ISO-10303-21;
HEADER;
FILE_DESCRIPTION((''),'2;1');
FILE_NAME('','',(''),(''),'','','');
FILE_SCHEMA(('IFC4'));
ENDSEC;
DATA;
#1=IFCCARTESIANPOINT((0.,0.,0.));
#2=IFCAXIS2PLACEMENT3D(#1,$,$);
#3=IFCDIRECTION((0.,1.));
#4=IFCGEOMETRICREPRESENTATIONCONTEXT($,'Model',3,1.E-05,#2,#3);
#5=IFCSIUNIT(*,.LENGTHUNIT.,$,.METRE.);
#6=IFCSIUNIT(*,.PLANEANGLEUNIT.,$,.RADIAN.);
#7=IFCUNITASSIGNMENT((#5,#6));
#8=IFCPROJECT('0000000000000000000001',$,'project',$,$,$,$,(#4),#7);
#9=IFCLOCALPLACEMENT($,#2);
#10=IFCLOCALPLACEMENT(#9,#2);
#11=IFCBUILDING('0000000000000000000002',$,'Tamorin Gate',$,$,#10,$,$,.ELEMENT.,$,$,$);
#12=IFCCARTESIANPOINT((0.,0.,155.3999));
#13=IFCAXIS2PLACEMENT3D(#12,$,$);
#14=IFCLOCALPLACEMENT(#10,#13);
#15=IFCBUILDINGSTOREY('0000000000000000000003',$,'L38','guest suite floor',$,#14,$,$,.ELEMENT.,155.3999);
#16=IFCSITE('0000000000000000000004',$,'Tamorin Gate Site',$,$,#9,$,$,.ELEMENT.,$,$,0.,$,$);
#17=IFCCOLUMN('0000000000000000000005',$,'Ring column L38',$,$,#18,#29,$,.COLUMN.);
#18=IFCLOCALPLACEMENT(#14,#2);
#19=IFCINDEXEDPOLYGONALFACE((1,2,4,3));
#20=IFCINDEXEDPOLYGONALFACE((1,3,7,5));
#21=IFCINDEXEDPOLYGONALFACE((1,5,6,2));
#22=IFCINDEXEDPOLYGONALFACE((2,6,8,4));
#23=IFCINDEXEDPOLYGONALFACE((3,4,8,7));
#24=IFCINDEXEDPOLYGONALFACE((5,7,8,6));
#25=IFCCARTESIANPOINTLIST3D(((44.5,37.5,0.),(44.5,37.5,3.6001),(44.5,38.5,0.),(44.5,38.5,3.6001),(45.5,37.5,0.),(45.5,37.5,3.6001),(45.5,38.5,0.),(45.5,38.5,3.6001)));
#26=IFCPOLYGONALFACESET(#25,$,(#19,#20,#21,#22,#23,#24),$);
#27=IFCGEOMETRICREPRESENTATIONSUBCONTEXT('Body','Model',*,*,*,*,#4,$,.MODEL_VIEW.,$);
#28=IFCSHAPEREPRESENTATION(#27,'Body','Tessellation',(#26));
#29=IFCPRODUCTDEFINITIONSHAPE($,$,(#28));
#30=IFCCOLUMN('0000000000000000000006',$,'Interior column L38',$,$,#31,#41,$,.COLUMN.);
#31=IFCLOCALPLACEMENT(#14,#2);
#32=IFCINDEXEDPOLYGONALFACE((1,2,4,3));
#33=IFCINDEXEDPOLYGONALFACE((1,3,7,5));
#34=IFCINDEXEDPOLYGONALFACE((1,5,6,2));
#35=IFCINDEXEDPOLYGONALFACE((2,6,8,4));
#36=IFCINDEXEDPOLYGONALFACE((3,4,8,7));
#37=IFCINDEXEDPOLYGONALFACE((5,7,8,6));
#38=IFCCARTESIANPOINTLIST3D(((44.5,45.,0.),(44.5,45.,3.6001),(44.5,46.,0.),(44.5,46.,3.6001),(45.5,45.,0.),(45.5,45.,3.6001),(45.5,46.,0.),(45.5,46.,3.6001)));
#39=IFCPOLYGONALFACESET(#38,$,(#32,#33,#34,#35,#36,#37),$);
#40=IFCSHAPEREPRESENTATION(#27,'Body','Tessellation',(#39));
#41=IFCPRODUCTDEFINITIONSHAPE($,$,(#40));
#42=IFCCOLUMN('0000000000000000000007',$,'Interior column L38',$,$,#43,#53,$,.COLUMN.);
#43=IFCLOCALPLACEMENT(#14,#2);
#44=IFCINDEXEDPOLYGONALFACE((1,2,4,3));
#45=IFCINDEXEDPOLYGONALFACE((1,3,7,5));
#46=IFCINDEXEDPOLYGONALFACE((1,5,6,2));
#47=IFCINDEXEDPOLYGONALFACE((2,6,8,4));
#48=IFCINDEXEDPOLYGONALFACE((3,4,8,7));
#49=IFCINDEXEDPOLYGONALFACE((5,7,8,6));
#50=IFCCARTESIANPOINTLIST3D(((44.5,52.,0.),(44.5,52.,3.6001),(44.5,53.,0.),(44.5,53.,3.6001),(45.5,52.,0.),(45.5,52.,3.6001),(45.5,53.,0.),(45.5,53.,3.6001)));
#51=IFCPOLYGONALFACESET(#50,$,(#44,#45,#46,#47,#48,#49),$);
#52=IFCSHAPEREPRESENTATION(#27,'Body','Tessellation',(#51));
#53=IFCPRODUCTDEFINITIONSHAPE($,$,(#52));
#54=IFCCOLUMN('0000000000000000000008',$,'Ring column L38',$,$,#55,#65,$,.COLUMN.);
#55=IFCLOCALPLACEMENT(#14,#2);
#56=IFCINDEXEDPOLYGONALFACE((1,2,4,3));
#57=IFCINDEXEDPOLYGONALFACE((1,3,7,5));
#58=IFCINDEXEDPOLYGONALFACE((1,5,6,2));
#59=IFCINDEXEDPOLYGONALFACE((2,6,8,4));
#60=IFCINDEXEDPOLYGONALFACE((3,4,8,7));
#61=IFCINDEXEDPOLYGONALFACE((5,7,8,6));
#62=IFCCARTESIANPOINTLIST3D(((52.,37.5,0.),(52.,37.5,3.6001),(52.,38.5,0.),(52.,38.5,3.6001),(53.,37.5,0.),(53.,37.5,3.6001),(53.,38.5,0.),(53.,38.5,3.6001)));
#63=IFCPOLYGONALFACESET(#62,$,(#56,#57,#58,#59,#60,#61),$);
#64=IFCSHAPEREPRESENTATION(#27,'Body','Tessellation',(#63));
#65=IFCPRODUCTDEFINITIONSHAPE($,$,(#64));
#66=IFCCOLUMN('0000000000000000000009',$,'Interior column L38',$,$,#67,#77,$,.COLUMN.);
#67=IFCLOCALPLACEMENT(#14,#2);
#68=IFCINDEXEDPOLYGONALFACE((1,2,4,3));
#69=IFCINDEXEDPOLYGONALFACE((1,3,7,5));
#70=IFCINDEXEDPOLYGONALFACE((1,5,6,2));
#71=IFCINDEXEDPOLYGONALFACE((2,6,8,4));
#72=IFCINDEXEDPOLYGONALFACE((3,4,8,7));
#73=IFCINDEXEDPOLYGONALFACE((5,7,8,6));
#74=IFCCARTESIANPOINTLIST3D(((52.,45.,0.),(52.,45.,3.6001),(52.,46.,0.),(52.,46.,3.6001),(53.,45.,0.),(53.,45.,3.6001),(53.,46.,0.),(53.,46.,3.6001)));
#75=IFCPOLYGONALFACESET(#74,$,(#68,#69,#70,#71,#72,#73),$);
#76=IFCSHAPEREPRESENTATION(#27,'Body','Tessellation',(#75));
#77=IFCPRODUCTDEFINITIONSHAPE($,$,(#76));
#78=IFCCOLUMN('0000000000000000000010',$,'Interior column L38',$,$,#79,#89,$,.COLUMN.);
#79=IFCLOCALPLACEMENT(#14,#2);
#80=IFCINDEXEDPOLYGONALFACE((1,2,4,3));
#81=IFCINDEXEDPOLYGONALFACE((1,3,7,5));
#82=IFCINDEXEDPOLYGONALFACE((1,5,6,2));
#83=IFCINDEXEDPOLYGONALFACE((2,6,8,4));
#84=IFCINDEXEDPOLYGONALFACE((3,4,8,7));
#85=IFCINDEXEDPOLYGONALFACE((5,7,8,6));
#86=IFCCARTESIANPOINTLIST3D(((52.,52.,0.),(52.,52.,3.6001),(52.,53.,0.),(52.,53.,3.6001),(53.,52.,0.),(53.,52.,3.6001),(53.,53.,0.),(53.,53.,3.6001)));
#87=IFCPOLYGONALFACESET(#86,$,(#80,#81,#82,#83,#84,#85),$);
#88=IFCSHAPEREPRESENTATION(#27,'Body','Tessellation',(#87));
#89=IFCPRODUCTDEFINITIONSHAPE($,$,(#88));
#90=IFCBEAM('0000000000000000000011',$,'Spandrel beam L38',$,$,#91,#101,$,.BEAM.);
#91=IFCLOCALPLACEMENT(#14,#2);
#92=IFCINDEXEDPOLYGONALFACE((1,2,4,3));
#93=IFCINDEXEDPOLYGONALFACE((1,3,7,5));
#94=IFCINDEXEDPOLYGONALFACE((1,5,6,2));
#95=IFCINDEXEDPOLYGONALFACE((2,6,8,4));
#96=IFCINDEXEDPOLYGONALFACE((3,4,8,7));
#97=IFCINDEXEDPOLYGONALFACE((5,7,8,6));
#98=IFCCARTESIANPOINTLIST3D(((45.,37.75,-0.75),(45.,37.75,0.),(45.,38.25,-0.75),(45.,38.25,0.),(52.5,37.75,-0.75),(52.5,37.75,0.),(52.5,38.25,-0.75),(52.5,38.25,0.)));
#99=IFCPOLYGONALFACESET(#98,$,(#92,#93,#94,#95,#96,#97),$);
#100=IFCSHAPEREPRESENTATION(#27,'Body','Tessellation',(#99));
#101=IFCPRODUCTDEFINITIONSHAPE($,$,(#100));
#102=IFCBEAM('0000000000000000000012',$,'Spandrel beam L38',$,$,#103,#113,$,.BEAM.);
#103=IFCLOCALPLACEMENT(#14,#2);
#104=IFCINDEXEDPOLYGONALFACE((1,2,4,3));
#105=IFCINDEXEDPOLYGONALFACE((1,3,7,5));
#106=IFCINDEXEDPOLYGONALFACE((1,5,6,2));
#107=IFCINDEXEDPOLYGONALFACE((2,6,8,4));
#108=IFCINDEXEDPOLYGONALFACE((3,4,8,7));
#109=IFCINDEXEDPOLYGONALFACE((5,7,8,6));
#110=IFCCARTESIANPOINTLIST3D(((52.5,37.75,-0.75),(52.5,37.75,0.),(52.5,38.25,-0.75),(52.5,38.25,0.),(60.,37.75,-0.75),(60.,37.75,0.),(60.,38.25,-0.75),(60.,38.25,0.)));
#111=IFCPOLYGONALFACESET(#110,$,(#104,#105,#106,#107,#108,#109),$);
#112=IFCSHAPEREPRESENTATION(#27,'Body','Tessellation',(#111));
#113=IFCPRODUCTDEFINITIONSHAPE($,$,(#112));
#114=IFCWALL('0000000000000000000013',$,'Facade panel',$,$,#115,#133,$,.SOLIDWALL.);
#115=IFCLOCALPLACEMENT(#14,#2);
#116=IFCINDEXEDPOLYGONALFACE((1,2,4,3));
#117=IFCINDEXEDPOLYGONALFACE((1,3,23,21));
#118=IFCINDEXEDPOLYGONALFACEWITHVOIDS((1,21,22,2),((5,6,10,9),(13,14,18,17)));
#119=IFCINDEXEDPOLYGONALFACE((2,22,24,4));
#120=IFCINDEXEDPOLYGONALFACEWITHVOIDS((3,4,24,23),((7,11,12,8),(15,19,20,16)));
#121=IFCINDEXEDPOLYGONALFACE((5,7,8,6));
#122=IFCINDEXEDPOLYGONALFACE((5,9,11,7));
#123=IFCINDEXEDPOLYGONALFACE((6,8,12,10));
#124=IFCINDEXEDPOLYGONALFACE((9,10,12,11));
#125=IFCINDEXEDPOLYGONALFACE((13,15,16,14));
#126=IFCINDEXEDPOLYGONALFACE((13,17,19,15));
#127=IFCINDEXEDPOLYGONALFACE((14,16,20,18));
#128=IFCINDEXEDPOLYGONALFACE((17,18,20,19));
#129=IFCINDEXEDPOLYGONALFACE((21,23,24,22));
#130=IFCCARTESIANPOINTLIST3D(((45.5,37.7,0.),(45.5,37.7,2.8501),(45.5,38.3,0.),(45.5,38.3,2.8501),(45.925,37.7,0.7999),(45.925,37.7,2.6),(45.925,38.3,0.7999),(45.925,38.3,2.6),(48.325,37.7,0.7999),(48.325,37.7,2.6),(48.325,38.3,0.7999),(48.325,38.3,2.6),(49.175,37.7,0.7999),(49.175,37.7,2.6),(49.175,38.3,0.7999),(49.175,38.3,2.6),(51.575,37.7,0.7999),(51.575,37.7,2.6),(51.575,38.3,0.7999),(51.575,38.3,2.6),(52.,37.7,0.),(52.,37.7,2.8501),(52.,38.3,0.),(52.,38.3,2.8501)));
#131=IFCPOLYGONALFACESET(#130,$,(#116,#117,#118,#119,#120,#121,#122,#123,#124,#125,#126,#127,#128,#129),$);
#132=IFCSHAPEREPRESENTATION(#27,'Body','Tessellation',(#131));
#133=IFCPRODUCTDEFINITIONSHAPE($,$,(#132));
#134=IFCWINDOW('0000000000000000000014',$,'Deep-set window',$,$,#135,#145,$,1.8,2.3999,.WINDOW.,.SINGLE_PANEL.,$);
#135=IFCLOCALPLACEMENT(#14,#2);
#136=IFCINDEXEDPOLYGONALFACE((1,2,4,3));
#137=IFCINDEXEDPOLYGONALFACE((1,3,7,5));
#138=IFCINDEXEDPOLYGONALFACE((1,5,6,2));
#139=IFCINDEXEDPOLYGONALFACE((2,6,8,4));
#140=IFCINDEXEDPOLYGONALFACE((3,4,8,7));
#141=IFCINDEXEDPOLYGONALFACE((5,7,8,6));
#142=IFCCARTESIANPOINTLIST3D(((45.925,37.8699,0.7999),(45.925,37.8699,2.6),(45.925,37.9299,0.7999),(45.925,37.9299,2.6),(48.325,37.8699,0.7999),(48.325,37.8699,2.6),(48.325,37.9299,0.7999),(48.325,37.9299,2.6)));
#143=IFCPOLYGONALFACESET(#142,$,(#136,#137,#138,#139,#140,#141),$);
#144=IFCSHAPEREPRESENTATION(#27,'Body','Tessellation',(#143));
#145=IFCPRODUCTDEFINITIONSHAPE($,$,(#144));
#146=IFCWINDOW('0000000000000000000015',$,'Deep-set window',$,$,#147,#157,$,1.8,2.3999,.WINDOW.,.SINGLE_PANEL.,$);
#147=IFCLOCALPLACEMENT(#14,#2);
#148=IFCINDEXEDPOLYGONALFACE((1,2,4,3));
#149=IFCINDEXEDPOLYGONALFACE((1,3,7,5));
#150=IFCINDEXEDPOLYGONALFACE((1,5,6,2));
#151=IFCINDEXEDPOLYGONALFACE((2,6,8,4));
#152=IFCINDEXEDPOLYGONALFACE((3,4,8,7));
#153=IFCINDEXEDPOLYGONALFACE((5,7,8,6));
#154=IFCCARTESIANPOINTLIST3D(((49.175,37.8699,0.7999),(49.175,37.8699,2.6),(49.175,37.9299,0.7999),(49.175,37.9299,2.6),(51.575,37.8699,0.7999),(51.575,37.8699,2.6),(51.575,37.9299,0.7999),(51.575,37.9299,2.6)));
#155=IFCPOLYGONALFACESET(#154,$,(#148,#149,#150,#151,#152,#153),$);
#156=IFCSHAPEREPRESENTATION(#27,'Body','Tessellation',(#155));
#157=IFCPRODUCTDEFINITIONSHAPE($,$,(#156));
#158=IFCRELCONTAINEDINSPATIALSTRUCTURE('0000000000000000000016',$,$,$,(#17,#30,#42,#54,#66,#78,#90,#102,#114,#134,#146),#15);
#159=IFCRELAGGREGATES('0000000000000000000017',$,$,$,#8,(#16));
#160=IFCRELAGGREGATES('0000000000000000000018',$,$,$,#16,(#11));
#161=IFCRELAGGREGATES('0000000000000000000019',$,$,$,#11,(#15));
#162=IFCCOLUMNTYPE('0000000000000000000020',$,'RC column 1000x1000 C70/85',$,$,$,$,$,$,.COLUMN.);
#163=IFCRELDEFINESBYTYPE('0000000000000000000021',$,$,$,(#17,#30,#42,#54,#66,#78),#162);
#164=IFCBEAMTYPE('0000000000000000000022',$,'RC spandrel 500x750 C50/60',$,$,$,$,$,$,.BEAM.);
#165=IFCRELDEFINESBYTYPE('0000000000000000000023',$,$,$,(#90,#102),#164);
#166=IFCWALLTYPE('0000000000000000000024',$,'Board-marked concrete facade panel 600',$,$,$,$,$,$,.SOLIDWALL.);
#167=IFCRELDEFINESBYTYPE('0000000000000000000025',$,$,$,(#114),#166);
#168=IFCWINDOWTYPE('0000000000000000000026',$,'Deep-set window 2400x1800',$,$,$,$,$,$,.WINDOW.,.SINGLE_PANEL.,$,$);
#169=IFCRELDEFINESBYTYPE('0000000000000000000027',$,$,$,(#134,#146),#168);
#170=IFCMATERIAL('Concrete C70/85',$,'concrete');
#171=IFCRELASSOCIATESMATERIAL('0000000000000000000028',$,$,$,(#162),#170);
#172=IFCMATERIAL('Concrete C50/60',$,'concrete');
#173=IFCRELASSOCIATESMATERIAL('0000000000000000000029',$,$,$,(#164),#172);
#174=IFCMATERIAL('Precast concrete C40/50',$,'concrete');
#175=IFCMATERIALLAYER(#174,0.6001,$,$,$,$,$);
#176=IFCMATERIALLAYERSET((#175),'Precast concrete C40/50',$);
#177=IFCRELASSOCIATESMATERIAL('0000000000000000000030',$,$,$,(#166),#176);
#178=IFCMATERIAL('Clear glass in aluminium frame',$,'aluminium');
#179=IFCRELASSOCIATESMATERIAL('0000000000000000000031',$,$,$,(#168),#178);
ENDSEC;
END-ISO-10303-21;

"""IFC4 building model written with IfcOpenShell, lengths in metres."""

from ifc_helpers import new_model, si_unit, direction, frame, frame_2d, origin, origin_2d, place, context, subcontext, project, spatial, rectangle, extrude, material, layer, layer_set, material_profile, profile_set, type_object, element, fill, save


model = new_model("IFC4")

# Units and contexts
model_context = context("Model", 3, precision=1e-05, world=origin(), true_north=direction((0.0, 1.0)))
body_context = subcontext(model_context, "Body", "Model", "MODEL_VIEW")
ifc_project = project(units=[si_unit("LENGTHUNIT", "METRE"), si_unit("PLANEANGLEUNIT", "RADIAN")], contexts=[model_context])

# Site, building, storey
site_placement = place(None, origin())
site = spatial("IfcSite", under=ifc_project, at=site_placement, Name="Tamorin Gate Site", CompositionType="ELEMENT", RefElevation=0.0)
building_placement = place(site_placement, origin())
building = spatial("IfcBuilding", under=site, at=building_placement, Name="Tamorin Gate", CompositionType="ELEMENT")
storey_placement = place(building_placement, frame((0.0, 0.0, 155.3999)))
storey = spatial("IfcBuildingStorey", under=building, at=storey_placement, Name="L38", Description="guest suite floor", CompositionType="ELEMENT", Elevation=155.3999)

# Columns
ifc_material_1 = material(Name="Concrete C70/85", Category="concrete")
ifc_material_profile_1 = material_profile(ifc_material_1, rectangle(XDim=1.0, YDim=1.0, at=origin_2d()), Name="RC 1000x1000")
ifc_profile_set_1 = profile_set([ifc_material_profile_1], Name="Concrete C70/85")
column_type = type_object("IfcColumnType", Name="RC column 1000x1000 C70/85", PredefinedType="COLUMN", material=ifc_profile_set_1)
for number, where, z_axis, x_axis, name in (
    (1, (45.0, 38.0, 0.0), (0.0, 0.0, 1.0), (1.0, 0.0, 0.0), "Ring column L38"),
    (2, (45.0, 45.5, 0.0), (0.0, 0.0, 1.0), (1.0, 0.0, 0.0), "Interior column L38"),
    (3, (45.0, 52.5, 0.0), (0.0, 0.0, 1.0), (1.0, 0.0, 0.0), "Interior column L38"),
    (4, (52.5, 38.0, 0.0), (0.0, 0.0, 1.0), (1.0, 0.0, 0.0), "Ring column L38"),
    (5, (52.5, 45.5, 0.0), (0.0, 0.0, 1.0), (1.0, 0.0, 0.0), "Interior column L38"),
    (6, (52.5, 52.5, 0.0), (0.0, 0.0, 1.0), (1.0, 0.0, 0.0), "Interior column L38"),
):
    element("IfcColumn", number, at=place(storey_placement, frame(where, z_axis=z_axis, x_axis=x_axis)), inside=storey, type_object=column_type, Name=name, PredefinedType="COLUMN", context=body_context, shape_type="SweptSolid", body=[
        extrude(rectangle(XDim=1.0, YDim=1.0, at=origin_2d()), origin(), (0.0, 0.0, 1.0), 3.6001),
    ])

# Beams
ifc_material_2 = material(Name="Concrete C50/60", Category="concrete")
ifc_material_profile_2 = material_profile(ifc_material_2, rectangle(XDim=0.5, YDim=0.75, at=origin_2d()), Name="RC 500x750")
ifc_profile_set_2 = profile_set([ifc_material_profile_2], Name="Concrete C50/60")
beam_type = type_object("IfcBeamType", Name="RC spandrel 500x750 C50/60", PredefinedType="BEAM", material=ifc_profile_set_2)
for number, where, z_axis, x_axis, name in (
    (7, (45.0, 38.0, -0.375), (1.0, 0.0, 0.0), (0.0, 1.0, 0.0), "Spandrel beam L38"),
    (8, (52.5, 38.0, -0.375), (1.0, 0.0, 0.0), (0.0, 1.0, 0.0), "Spandrel beam L38"),
):
    element("IfcBeam", number, at=place(storey_placement, frame(where, z_axis=z_axis, x_axis=x_axis)), inside=storey, type_object=beam_type, Name=name, PredefinedType="BEAM", context=body_context, shape_type="SweptSolid", body=[
        extrude(rectangle(XDim=0.5, YDim=0.75, at=origin_2d()), origin(), (0.0, 0.0, 1.0), 7.5),
    ])

# Wall, openings, windows
ifc_material_3 = material(Name="Precast concrete C40/50", Category="concrete")
ifc_layer_1 = layer(ifc_material_3, 0.6001)
ifc_layer_set_1 = layer_set([ifc_layer_1], Name="Precast concrete C40/50")
wall_type_1 = type_object("IfcWallType", Name="Board-marked concrete facade panel 600", PredefinedType="SOLIDWALL", material=ifc_layer_set_1)
wall_1_placement = place(storey_placement, frame((45.5, 38.0, 0.0), z_axis=(0.0, 0.0, 1.0), x_axis=(1.0, 0.0, 0.0)))
wall_1 = element("IfcWall", 9, at=wall_1_placement, inside=storey, type_object=wall_type_1, Name="Facade panel", PredefinedType="SOLIDWALL", context=body_context, shape_type="SweptSolid", body=[
    extrude(rectangle(XDim=6.5, YDim=0.6001, at=frame_2d((3.25, 0.0))), origin(), (0.0, 0.0, 1.0), 2.8501),
])
opening_1_placement = place(wall_1_placement, frame((0.425, 0.0, 0.8)))
opening_1 = element("IfcOpeningElement", 10, at=opening_1_placement, cuts=wall_1, PredefinedType="OPENING", context=body_context, shape_type="SweptSolid", body=[
    extrude(rectangle(XDim=2.3999, YDim=1.8, at=frame_2d((1.2, 0.8999))), frame((0.0, 0.3101, 0.0), z_axis=(0.0, -1.0, 0.0), x_axis=(1.0, 0.0, 0.0)), (0.0, 0.0, 1.0), 0.6201),
])
opening_2_placement = place(wall_1_placement, frame((3.675, 0.0, 0.8)))
opening_2 = element("IfcOpeningElement", 11, at=opening_2_placement, cuts=wall_1, PredefinedType="OPENING", context=body_context, shape_type="SweptSolid", body=[
    extrude(rectangle(XDim=2.3999, YDim=1.8, at=frame_2d((1.2, 0.8999))), frame((0.0, 0.3101, 0.0), z_axis=(0.0, -1.0, 0.0), x_axis=(1.0, 0.0, 0.0)), (0.0, 0.0, 1.0), 0.6201),
])
ifc_material_4 = material(Name="Clear glass in aluminium frame", Category="aluminium")
window_type = type_object("IfcWindowType", Name="Deep-set window 2400x1800", PartitioningType="SINGLE_PANEL", PredefinedType="WINDOW", material=ifc_material_4)
window_1_placement = place(opening_1_placement, origin())
window_1 = element("IfcWindow", 12, at=window_1_placement, inside=storey, type_object=window_type, Name="Deep-set window", OverallHeight=1.8, OverallWidth=2.3999, PartitioningType="SINGLE_PANEL", PredefinedType="WINDOW", context=body_context, shape_type="SweptSolid", body=[
    extrude(rectangle(XDim=2.3999, YDim=1.8, at=frame_2d((1.2, 0.8999))), frame((0.0, -0.0701, 0.0), z_axis=(0.0, -1.0, 0.0), x_axis=(1.0, 0.0, 0.0)), (0.0, 0.0, 1.0), 0.0601),
])
fill(opening_1, window_1)
window_2_placement = place(opening_2_placement, origin())
window_2 = element("IfcWindow", 13, at=window_2_placement, inside=storey, type_object=window_type, Name="Deep-set window", OverallHeight=1.8, OverallWidth=2.3999, PartitioningType="SINGLE_PANEL", PredefinedType="WINDOW", context=body_context, shape_type="SweptSolid", body=[
    extrude(rectangle(XDim=2.3999, YDim=1.8, at=frame_2d((1.2, 0.8999))), frame((0.0, -0.0701, 0.0), z_axis=(0.0, -1.0, 0.0), x_axis=(1.0, 0.0, 0.0)), (0.0, 0.0, 1.0), 0.0601),
])
fill(opening_2, window_2)

save(model, "model.ifc")
